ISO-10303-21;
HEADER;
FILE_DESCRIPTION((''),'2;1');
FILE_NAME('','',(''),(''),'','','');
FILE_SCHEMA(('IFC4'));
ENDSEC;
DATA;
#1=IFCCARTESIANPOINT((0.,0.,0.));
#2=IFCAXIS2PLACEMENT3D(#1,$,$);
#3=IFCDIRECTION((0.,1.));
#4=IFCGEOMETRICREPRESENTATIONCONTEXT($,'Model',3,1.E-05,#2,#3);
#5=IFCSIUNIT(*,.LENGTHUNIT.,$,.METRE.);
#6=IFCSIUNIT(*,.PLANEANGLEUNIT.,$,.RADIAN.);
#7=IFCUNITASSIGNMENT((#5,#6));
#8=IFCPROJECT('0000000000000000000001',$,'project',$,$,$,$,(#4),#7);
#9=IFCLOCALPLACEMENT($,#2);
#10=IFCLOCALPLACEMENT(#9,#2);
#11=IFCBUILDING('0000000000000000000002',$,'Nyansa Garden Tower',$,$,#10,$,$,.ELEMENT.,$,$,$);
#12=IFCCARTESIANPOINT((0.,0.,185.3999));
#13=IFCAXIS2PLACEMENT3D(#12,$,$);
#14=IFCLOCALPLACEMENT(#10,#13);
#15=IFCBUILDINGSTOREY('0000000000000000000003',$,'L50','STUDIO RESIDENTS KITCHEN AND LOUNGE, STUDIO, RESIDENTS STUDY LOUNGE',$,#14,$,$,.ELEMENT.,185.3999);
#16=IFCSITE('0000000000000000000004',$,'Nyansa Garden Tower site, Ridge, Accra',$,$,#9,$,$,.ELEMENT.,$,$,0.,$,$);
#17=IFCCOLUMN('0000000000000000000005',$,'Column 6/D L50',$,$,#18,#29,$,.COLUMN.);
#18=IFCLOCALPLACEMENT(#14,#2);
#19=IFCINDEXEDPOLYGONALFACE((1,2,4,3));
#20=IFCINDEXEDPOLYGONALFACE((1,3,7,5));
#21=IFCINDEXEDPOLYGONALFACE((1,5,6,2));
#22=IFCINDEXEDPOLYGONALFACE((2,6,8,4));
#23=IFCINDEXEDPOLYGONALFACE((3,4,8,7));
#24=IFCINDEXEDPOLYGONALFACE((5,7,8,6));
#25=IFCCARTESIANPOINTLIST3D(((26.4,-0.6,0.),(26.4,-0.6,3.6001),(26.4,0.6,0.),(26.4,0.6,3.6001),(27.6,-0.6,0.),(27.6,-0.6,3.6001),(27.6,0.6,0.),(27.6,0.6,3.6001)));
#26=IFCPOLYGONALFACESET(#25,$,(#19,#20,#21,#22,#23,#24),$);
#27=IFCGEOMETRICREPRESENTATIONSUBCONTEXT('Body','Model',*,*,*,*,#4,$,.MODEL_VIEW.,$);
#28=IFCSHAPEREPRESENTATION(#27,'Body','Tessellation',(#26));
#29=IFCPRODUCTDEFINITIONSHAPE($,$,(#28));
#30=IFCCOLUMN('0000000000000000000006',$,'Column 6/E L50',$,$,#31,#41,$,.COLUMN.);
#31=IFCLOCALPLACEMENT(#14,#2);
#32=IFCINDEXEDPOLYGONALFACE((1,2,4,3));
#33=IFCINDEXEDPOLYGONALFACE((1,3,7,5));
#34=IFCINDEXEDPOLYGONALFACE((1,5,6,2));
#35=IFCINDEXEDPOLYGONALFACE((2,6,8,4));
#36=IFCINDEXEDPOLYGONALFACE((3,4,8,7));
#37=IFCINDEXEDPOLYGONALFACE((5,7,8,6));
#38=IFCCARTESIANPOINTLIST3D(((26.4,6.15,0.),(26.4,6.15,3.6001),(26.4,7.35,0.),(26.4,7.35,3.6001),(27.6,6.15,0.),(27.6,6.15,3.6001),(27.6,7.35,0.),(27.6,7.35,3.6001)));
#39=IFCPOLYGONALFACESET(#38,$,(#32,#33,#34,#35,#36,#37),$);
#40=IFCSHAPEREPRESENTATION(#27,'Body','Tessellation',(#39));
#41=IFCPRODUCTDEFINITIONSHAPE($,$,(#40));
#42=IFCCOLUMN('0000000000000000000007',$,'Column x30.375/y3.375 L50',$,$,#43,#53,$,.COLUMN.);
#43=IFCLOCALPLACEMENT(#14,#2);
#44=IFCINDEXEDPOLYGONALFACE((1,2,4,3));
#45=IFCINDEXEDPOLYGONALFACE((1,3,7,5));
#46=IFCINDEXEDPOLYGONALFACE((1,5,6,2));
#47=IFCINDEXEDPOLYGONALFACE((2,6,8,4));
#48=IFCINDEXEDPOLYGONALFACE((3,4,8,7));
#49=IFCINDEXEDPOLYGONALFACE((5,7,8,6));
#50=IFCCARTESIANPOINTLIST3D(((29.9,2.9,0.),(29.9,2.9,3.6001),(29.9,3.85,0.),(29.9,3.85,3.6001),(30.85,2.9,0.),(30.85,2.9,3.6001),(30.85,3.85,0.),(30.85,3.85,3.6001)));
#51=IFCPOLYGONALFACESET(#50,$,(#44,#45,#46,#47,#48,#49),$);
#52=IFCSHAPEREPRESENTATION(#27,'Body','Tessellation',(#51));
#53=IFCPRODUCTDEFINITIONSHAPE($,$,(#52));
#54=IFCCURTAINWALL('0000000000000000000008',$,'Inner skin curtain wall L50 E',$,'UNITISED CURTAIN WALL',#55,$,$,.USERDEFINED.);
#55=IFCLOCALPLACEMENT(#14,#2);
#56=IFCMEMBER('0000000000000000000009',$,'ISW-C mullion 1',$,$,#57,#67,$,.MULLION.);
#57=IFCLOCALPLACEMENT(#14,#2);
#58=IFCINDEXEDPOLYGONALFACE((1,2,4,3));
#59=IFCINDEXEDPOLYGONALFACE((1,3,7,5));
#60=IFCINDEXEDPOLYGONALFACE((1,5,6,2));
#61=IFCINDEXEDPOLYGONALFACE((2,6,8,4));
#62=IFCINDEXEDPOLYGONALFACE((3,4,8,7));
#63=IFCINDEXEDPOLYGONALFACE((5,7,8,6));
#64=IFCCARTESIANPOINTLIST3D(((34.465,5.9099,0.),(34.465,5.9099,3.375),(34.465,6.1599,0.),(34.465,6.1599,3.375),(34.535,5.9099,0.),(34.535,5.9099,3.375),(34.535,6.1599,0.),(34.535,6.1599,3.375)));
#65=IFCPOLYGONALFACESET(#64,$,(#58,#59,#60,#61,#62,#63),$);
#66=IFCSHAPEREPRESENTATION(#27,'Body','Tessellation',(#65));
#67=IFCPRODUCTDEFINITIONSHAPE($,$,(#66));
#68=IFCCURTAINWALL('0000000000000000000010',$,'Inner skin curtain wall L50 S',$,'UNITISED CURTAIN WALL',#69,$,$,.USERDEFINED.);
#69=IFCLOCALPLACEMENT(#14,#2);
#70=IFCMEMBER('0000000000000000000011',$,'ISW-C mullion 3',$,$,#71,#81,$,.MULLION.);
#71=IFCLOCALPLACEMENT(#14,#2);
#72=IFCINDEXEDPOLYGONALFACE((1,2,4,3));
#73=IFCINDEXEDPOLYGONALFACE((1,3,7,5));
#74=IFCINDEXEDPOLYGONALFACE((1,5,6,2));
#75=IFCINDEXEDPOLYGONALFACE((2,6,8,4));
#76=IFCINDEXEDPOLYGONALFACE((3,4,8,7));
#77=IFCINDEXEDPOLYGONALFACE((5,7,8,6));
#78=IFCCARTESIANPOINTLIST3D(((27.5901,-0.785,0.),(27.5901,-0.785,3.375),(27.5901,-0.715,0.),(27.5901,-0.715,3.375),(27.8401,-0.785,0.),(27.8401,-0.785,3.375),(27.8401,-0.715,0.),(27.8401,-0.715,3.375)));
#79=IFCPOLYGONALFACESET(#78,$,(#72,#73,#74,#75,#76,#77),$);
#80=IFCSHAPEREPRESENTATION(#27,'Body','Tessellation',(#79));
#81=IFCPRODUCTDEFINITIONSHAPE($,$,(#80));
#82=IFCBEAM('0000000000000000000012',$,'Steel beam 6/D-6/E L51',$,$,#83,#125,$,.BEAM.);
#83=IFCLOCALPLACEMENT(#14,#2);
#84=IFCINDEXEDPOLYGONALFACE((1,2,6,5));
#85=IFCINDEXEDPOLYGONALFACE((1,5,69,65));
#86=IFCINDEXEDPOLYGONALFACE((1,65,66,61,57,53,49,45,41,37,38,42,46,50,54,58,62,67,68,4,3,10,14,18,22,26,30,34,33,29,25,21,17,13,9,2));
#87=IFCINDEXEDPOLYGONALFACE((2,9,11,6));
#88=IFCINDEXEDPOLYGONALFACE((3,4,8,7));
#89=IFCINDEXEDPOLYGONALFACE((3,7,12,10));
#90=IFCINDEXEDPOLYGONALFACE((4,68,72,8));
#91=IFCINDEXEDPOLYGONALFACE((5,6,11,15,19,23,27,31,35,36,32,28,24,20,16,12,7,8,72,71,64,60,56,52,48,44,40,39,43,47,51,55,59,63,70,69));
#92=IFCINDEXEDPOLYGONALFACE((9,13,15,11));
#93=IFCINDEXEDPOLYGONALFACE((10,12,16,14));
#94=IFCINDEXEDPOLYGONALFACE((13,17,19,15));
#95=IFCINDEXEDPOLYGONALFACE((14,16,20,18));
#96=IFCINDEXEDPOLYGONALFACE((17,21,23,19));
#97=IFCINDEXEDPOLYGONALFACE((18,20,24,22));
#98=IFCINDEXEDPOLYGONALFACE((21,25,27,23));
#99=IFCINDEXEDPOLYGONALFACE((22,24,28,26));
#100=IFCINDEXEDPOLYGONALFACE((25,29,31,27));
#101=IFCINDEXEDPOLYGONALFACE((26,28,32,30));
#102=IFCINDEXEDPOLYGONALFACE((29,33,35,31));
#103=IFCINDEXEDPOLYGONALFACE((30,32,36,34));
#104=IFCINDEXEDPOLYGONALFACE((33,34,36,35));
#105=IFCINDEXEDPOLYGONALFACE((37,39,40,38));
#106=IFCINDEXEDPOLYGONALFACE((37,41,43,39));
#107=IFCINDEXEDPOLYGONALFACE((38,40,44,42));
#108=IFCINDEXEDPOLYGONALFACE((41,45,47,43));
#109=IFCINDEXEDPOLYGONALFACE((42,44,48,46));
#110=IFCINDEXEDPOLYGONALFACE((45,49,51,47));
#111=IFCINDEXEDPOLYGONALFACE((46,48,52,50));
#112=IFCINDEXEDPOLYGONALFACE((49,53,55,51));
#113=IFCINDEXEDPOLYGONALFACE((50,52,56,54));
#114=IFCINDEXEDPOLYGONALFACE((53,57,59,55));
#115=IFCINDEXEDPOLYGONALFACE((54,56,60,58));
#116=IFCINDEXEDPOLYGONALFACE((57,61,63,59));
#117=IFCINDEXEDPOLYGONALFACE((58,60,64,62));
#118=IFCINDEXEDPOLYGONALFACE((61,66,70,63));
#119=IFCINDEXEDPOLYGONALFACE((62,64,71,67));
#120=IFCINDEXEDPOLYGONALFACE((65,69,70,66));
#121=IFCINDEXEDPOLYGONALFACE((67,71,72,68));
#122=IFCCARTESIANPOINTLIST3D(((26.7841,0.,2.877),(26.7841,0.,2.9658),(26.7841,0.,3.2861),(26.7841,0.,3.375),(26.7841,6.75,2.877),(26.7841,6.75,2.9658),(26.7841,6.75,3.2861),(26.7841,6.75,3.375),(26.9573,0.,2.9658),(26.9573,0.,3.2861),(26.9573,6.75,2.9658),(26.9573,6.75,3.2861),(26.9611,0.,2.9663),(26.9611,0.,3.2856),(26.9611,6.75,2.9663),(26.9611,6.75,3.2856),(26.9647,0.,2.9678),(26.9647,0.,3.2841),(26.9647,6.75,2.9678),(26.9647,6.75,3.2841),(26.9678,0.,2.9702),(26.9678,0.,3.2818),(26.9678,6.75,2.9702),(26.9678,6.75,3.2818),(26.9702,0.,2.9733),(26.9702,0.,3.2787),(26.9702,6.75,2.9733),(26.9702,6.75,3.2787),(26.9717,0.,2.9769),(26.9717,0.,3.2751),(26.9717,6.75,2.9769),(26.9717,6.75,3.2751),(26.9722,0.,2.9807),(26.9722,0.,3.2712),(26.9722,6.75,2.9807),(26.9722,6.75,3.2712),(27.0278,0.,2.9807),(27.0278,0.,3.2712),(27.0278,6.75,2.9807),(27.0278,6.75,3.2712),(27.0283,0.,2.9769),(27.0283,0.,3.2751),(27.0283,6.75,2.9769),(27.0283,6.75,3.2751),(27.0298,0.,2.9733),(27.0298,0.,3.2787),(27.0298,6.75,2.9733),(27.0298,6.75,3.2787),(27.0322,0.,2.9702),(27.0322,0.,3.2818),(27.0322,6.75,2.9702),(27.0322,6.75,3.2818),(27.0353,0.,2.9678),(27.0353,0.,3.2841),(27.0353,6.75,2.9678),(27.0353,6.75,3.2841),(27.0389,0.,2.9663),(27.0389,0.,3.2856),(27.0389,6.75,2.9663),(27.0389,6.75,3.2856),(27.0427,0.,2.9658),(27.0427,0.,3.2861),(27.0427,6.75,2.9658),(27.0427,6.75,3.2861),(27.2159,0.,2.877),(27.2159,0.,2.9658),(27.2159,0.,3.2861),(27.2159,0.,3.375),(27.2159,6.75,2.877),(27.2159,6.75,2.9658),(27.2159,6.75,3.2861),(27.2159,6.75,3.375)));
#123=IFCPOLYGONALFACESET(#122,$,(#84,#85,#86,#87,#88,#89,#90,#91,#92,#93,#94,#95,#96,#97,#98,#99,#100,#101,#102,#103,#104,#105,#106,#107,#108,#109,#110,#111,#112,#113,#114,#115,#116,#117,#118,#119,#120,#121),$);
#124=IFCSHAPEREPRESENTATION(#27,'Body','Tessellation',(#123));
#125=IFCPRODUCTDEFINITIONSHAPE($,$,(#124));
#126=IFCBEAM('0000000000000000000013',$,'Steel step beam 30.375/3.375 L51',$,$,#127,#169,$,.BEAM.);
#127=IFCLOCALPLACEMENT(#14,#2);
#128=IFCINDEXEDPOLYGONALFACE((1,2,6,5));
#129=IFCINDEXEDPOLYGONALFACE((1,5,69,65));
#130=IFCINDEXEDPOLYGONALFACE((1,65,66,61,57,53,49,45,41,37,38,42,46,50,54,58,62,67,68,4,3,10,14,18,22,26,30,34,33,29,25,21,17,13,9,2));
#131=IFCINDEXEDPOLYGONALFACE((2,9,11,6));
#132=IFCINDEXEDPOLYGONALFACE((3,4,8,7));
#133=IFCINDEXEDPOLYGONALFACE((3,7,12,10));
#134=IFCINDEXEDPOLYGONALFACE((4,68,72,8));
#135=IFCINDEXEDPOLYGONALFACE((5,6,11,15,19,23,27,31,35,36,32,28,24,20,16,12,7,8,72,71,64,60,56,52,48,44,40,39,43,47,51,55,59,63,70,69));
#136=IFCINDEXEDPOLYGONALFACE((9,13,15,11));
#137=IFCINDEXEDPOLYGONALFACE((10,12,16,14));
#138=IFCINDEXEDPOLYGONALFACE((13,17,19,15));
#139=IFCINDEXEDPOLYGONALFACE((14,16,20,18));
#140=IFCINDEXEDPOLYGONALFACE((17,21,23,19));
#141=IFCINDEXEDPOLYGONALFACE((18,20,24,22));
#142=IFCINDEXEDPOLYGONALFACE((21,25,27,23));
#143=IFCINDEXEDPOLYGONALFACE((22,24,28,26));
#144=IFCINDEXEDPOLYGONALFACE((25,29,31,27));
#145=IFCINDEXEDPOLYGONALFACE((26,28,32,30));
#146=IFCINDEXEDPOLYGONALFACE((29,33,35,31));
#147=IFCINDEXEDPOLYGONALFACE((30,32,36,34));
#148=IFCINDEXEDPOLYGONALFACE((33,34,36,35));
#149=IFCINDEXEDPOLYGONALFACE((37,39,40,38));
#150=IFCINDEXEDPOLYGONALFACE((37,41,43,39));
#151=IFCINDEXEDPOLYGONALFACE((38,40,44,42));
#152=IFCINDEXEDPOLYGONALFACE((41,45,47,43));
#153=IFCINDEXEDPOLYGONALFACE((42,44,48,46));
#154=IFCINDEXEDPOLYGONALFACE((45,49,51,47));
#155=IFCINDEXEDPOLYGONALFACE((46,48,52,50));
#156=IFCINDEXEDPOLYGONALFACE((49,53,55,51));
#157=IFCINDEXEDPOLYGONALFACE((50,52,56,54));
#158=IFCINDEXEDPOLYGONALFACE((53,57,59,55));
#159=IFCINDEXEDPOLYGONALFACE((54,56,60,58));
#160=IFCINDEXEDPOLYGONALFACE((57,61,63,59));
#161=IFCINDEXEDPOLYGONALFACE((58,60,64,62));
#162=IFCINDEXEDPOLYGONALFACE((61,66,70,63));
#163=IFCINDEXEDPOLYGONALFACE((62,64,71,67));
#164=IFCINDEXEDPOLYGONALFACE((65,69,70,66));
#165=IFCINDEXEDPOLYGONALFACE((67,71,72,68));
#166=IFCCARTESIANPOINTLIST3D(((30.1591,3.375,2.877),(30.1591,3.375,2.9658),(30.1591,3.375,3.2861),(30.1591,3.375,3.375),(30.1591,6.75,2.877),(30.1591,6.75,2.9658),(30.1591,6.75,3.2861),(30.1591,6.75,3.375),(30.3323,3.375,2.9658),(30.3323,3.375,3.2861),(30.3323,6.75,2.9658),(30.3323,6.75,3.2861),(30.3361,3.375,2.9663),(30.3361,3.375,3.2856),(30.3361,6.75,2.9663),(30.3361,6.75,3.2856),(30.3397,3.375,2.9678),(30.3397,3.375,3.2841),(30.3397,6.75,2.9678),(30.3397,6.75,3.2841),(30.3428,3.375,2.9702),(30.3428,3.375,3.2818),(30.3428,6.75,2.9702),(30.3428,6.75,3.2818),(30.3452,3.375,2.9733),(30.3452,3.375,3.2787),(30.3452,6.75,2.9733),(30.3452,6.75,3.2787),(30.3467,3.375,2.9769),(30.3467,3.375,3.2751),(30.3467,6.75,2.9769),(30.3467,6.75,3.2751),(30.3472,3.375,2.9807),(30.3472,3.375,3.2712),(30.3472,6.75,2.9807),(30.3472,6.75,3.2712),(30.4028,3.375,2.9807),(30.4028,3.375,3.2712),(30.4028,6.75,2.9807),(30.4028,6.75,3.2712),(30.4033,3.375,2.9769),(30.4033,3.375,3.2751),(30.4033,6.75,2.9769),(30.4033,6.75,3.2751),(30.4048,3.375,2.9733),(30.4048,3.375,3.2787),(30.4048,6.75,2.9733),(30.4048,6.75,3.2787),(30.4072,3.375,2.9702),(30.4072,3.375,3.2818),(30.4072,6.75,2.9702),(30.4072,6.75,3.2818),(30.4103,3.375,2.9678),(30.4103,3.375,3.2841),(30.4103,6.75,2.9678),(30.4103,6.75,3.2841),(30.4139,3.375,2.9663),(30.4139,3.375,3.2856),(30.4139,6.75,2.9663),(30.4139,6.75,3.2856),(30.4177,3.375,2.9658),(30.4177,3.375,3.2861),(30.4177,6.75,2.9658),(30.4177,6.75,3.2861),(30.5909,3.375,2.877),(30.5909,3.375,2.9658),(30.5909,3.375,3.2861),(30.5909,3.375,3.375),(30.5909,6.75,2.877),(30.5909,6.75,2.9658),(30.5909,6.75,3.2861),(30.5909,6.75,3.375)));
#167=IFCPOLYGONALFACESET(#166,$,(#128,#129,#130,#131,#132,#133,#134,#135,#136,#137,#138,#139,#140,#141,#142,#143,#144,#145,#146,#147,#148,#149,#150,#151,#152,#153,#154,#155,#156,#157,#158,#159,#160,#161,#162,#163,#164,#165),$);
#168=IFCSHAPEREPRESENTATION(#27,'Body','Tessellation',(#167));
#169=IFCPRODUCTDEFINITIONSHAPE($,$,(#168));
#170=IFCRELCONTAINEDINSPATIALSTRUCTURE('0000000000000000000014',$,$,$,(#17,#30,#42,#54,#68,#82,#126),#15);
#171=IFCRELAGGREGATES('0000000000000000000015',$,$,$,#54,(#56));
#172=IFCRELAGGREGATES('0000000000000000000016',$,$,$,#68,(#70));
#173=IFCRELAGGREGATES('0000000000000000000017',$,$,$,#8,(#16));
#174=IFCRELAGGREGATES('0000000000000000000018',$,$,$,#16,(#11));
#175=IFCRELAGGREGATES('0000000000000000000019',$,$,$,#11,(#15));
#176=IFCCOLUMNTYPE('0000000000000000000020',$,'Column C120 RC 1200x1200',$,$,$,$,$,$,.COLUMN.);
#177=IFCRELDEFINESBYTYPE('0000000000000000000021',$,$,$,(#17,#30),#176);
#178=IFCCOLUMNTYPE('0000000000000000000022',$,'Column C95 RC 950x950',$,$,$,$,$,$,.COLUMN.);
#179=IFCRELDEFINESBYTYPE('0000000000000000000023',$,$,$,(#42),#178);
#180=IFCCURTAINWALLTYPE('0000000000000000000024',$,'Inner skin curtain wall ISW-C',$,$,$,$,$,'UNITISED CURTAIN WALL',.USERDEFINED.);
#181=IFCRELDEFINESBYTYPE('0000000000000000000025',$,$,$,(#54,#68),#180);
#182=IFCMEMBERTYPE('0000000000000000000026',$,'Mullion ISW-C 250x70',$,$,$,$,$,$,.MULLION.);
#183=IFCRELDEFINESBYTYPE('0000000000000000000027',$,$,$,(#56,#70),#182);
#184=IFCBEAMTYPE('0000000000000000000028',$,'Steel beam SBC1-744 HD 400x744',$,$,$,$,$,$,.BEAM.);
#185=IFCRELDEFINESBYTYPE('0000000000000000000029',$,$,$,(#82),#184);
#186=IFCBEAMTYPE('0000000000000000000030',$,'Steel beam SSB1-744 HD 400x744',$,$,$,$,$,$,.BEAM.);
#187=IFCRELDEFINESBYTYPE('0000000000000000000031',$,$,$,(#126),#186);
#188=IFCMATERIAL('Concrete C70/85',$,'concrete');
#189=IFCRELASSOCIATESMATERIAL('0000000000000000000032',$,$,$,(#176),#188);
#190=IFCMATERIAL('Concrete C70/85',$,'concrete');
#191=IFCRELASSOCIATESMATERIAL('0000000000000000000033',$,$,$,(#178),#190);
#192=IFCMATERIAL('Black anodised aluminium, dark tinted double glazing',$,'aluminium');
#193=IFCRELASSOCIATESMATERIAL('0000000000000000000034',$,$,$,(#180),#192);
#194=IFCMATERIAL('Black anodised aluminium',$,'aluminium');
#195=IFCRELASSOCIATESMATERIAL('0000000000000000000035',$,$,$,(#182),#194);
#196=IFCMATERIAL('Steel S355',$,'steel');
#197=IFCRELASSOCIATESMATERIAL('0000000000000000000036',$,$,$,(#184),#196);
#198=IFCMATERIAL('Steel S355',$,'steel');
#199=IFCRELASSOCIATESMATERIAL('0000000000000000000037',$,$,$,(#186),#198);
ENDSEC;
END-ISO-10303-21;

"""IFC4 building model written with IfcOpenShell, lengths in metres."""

from ifc_helpers import new_model, si_unit, direction, frame, origin, origin_2d, place, context, subcontext, project, spatial, rectangle, i_section, extrude, material, material_profile, profile_set, type_object, element, aggregate, save


model = new_model("IFC4")

# Units and contexts
model_context = context("Model", 3, precision=1e-05, world=origin(), true_north=direction((0.0, 1.0)))
body_context = subcontext(model_context, "Body", "Model", "MODEL_VIEW")
ifc_project = project(units=[si_unit("LENGTHUNIT", "METRE"), si_unit("PLANEANGLEUNIT", "RADIAN")], contexts=[model_context])

# Site, building, storey
site_placement = place(None, origin())
site = spatial("IfcSite", under=ifc_project, at=site_placement, Name="Nyansa Garden Tower site, Ridge, Accra", CompositionType="ELEMENT", RefElevation=0.0)
building_placement = place(site_placement, origin())
building = spatial("IfcBuilding", under=site, at=building_placement, Name="Nyansa Garden Tower", CompositionType="ELEMENT")
storey_placement = place(building_placement, frame((0.0, 0.0, 185.3999)))
storey = spatial("IfcBuildingStorey", under=building, at=storey_placement, Name="L50", Description="STUDIO RESIDENTS KITCHEN AND LOUNGE, STUDIO, RESIDENTS STUDY LOUNGE", CompositionType="ELEMENT", Elevation=185.3999)

# Columns
ifc_material_1 = material(Name="Concrete C70/85", Category="concrete")
ifc_material_profile_1 = material_profile(ifc_material_1, rectangle(XDim=1.2, YDim=1.2, at=origin_2d()), Name="RC 1200x1200")
ifc_profile_set_1 = profile_set([ifc_material_profile_1], Name="Concrete C70/85")
column_type_1 = type_object("IfcColumnType", Name="Column C120 RC 1200x1200", PredefinedType="COLUMN", material=ifc_profile_set_1)
for number, where, z_axis, x_axis, name in (
    (1, (27.0, 0.0, 0.0), (0.0, 0.0, 1.0), (1.0, 0.0, 0.0), "Column 6/D L50"),
    (2, (27.0, 6.75, 0.0), (0.0, 0.0, 1.0), (1.0, 0.0, 0.0), "Column 6/E L50"),
):
    element("IfcColumn", number, at=place(storey_placement, frame(where, z_axis=z_axis, x_axis=x_axis)), inside=storey, type_object=column_type_1, Name=name, PredefinedType="COLUMN", context=body_context, shape_type="SweptSolid", body=[
        extrude(rectangle(XDim=1.2, YDim=1.2, at=origin_2d()), origin(), (0.0, 0.0, 1.0), 3.6001),
    ])
ifc_material_2 = material(Name="Concrete C70/85", Category="concrete")
ifc_material_profile_2 = material_profile(ifc_material_2, rectangle(XDim=0.95, YDim=0.95, at=origin_2d()), Name="RC 950x950")
ifc_profile_set_2 = profile_set([ifc_material_profile_2], Name="Concrete C70/85")
column_type_2 = type_object("IfcColumnType", Name="Column C95 RC 950x950", PredefinedType="COLUMN", material=ifc_profile_set_2)
column_placement = place(storey_placement, frame((30.375, 3.375, 0.0), z_axis=(0.0, 0.0, 1.0), x_axis=(1.0, 0.0, 0.0)))
element("IfcColumn", 3, at=column_placement, inside=storey, type_object=column_type_2, Name="Column x30.375/y3.375 L50", PredefinedType="COLUMN", context=body_context, shape_type="SweptSolid", body=[
    extrude(rectangle(XDim=0.95, YDim=0.95, at=origin_2d()), origin(), (0.0, 0.0, 1.0), 3.6001),
])

# Curtain walls, members
ifc_material_3 = material(Name="Black anodised aluminium, dark tinted double glazing", Category="aluminium")
curtain_wall_type = type_object("IfcCurtainWallType", Name="Inner skin curtain wall ISW-C", ElementType="UNITISED CURTAIN WALL", PredefinedType="USERDEFINED", material=ifc_material_3)
curtain_wall_1_placement = place(storey_placement, origin())
curtain_wall_1 = element("IfcCurtainWall", 4, at=curtain_wall_1_placement, inside=storey, type_object=curtain_wall_type, Name="Inner skin curtain wall L50 E", ObjectType="UNITISED CURTAIN WALL", PredefinedType="USERDEFINED")
ifc_material_4 = material(Name="Black anodised aluminium", Category="aluminium")
ifc_material_profile_3 = material_profile(ifc_material_4, rectangle(XDim=0.0701, YDim=0.25, at=origin_2d()), Name="Mullion 250x70")
ifc_profile_set_3 = profile_set([ifc_material_profile_3], Name="Black anodised aluminium")
member_type_1 = type_object("IfcMemberType", Name="Mullion ISW-C 250x70", PredefinedType="MULLION", material=ifc_profile_set_3)
member_1_placement = place(storey_placement, frame((34.5, 6.0349, 0.0), z_axis=(0.0, 0.0, 1.0), x_axis=(-1.0, 0.0, 0.0)))
member_1 = element("IfcMember", 5, at=member_1_placement, type_object=member_type_1, Name="ISW-C mullion 1", PredefinedType="MULLION", context=body_context, shape_type="SweptSolid", body=[
    extrude(rectangle(XDim=0.0701, YDim=0.25, at=origin_2d()), origin(), (0.0, 0.0, 1.0), 3.375),
])
curtain_wall_2_placement = place(storey_placement, origin())
curtain_wall_2 = element("IfcCurtainWall", 6, at=curtain_wall_2_placement, inside=storey, type_object=curtain_wall_type, Name="Inner skin curtain wall L50 S", ObjectType="UNITISED CURTAIN WALL", PredefinedType="USERDEFINED")
member_2_placement = place(storey_placement, frame((27.7151, -0.75, 0.0), z_axis=(0.0, 0.0, 1.0), x_axis=(0.0, 1.0, 0.0)))
member_2 = element("IfcMember", 7, at=member_2_placement, type_object=member_type_1, Name="ISW-C mullion 3", PredefinedType="MULLION", context=body_context, shape_type="SweptSolid", body=[
    extrude(rectangle(XDim=0.0701, YDim=0.25, at=origin_2d()), origin(), (0.0, 0.0, 1.0), 3.375),
])

# Beams
ifc_material_5 = material(Name="Steel S355", Category="steel")
ifc_material_profile_4 = material_profile(ifc_material_5, i_section(OverallWidth=0.4319, OverallDepth=0.498, WebThickness=0.0557, FlangeThickness=0.0889, FilletRadius=0.0149, at=origin_2d()), Name="HD 400x744")
ifc_profile_set_4 = profile_set([ifc_material_profile_4], Name="Steel S355")
beam_type_1 = type_object("IfcBeamType", Name="Steel beam SBC1-744 HD 400x744", PredefinedType="BEAM", material=ifc_profile_set_4)
beam_placement = place(storey_placement, frame((27.0, 0.0, 3.126), z_axis=(0.0, 1.0, 0.0), x_axis=(-1.0, 0.0, 0.0)))
element("IfcBeam", 8, at=beam_placement, inside=storey, type_object=beam_type_1, Name="Steel beam 6/D-6/E L51", PredefinedType="BEAM", context=body_context, shape_type="SweptSolid", body=[
    extrude(i_section(OverallWidth=0.4319, OverallDepth=0.498, WebThickness=0.0557, FlangeThickness=0.0889, FilletRadius=0.0149, at=origin_2d()), origin(), (0.0, 0.0, 1.0), 6.75),
])
ifc_material_6 = material(Name="Steel S355", Category="steel")
ifc_material_profile_5 = material_profile(ifc_material_6, i_section(OverallWidth=0.4319, OverallDepth=0.498, WebThickness=0.0557, FlangeThickness=0.0889, FilletRadius=0.0149, at=origin_2d()), Name="HD 400x744")
ifc_profile_set_5 = profile_set([ifc_material_profile_5], Name="Steel S355")
beam_type_2 = type_object("IfcBeamType", Name="Steel beam SSB1-744 HD 400x744", PredefinedType="BEAM", material=ifc_profile_set_5)
for number, where, z_axis, x_axis, name in (
    (9, (30.375, 3.375, 3.126), (0.0, 1.0, 0.0), (-1.0, 0.0, 0.0), "Steel step beam 30.375/3.375 L51"),
):
    element("IfcBeam", number, at=place(storey_placement, frame(where, z_axis=z_axis, x_axis=x_axis)), inside=storey, type_object=beam_type_2, Name=name, PredefinedType="BEAM", context=body_context, shape_type="SweptSolid", body=[
        extrude(i_section(OverallWidth=0.4319, OverallDepth=0.498, WebThickness=0.0557, FlangeThickness=0.0889, FilletRadius=0.0149, at=origin_2d()), origin(), (0.0, 0.0, 1.0), 3.375),
    ])

aggregate(curtain_wall_1, [member_1])

aggregate(curtain_wall_2, [member_2])

save(model, "model.ifc")
